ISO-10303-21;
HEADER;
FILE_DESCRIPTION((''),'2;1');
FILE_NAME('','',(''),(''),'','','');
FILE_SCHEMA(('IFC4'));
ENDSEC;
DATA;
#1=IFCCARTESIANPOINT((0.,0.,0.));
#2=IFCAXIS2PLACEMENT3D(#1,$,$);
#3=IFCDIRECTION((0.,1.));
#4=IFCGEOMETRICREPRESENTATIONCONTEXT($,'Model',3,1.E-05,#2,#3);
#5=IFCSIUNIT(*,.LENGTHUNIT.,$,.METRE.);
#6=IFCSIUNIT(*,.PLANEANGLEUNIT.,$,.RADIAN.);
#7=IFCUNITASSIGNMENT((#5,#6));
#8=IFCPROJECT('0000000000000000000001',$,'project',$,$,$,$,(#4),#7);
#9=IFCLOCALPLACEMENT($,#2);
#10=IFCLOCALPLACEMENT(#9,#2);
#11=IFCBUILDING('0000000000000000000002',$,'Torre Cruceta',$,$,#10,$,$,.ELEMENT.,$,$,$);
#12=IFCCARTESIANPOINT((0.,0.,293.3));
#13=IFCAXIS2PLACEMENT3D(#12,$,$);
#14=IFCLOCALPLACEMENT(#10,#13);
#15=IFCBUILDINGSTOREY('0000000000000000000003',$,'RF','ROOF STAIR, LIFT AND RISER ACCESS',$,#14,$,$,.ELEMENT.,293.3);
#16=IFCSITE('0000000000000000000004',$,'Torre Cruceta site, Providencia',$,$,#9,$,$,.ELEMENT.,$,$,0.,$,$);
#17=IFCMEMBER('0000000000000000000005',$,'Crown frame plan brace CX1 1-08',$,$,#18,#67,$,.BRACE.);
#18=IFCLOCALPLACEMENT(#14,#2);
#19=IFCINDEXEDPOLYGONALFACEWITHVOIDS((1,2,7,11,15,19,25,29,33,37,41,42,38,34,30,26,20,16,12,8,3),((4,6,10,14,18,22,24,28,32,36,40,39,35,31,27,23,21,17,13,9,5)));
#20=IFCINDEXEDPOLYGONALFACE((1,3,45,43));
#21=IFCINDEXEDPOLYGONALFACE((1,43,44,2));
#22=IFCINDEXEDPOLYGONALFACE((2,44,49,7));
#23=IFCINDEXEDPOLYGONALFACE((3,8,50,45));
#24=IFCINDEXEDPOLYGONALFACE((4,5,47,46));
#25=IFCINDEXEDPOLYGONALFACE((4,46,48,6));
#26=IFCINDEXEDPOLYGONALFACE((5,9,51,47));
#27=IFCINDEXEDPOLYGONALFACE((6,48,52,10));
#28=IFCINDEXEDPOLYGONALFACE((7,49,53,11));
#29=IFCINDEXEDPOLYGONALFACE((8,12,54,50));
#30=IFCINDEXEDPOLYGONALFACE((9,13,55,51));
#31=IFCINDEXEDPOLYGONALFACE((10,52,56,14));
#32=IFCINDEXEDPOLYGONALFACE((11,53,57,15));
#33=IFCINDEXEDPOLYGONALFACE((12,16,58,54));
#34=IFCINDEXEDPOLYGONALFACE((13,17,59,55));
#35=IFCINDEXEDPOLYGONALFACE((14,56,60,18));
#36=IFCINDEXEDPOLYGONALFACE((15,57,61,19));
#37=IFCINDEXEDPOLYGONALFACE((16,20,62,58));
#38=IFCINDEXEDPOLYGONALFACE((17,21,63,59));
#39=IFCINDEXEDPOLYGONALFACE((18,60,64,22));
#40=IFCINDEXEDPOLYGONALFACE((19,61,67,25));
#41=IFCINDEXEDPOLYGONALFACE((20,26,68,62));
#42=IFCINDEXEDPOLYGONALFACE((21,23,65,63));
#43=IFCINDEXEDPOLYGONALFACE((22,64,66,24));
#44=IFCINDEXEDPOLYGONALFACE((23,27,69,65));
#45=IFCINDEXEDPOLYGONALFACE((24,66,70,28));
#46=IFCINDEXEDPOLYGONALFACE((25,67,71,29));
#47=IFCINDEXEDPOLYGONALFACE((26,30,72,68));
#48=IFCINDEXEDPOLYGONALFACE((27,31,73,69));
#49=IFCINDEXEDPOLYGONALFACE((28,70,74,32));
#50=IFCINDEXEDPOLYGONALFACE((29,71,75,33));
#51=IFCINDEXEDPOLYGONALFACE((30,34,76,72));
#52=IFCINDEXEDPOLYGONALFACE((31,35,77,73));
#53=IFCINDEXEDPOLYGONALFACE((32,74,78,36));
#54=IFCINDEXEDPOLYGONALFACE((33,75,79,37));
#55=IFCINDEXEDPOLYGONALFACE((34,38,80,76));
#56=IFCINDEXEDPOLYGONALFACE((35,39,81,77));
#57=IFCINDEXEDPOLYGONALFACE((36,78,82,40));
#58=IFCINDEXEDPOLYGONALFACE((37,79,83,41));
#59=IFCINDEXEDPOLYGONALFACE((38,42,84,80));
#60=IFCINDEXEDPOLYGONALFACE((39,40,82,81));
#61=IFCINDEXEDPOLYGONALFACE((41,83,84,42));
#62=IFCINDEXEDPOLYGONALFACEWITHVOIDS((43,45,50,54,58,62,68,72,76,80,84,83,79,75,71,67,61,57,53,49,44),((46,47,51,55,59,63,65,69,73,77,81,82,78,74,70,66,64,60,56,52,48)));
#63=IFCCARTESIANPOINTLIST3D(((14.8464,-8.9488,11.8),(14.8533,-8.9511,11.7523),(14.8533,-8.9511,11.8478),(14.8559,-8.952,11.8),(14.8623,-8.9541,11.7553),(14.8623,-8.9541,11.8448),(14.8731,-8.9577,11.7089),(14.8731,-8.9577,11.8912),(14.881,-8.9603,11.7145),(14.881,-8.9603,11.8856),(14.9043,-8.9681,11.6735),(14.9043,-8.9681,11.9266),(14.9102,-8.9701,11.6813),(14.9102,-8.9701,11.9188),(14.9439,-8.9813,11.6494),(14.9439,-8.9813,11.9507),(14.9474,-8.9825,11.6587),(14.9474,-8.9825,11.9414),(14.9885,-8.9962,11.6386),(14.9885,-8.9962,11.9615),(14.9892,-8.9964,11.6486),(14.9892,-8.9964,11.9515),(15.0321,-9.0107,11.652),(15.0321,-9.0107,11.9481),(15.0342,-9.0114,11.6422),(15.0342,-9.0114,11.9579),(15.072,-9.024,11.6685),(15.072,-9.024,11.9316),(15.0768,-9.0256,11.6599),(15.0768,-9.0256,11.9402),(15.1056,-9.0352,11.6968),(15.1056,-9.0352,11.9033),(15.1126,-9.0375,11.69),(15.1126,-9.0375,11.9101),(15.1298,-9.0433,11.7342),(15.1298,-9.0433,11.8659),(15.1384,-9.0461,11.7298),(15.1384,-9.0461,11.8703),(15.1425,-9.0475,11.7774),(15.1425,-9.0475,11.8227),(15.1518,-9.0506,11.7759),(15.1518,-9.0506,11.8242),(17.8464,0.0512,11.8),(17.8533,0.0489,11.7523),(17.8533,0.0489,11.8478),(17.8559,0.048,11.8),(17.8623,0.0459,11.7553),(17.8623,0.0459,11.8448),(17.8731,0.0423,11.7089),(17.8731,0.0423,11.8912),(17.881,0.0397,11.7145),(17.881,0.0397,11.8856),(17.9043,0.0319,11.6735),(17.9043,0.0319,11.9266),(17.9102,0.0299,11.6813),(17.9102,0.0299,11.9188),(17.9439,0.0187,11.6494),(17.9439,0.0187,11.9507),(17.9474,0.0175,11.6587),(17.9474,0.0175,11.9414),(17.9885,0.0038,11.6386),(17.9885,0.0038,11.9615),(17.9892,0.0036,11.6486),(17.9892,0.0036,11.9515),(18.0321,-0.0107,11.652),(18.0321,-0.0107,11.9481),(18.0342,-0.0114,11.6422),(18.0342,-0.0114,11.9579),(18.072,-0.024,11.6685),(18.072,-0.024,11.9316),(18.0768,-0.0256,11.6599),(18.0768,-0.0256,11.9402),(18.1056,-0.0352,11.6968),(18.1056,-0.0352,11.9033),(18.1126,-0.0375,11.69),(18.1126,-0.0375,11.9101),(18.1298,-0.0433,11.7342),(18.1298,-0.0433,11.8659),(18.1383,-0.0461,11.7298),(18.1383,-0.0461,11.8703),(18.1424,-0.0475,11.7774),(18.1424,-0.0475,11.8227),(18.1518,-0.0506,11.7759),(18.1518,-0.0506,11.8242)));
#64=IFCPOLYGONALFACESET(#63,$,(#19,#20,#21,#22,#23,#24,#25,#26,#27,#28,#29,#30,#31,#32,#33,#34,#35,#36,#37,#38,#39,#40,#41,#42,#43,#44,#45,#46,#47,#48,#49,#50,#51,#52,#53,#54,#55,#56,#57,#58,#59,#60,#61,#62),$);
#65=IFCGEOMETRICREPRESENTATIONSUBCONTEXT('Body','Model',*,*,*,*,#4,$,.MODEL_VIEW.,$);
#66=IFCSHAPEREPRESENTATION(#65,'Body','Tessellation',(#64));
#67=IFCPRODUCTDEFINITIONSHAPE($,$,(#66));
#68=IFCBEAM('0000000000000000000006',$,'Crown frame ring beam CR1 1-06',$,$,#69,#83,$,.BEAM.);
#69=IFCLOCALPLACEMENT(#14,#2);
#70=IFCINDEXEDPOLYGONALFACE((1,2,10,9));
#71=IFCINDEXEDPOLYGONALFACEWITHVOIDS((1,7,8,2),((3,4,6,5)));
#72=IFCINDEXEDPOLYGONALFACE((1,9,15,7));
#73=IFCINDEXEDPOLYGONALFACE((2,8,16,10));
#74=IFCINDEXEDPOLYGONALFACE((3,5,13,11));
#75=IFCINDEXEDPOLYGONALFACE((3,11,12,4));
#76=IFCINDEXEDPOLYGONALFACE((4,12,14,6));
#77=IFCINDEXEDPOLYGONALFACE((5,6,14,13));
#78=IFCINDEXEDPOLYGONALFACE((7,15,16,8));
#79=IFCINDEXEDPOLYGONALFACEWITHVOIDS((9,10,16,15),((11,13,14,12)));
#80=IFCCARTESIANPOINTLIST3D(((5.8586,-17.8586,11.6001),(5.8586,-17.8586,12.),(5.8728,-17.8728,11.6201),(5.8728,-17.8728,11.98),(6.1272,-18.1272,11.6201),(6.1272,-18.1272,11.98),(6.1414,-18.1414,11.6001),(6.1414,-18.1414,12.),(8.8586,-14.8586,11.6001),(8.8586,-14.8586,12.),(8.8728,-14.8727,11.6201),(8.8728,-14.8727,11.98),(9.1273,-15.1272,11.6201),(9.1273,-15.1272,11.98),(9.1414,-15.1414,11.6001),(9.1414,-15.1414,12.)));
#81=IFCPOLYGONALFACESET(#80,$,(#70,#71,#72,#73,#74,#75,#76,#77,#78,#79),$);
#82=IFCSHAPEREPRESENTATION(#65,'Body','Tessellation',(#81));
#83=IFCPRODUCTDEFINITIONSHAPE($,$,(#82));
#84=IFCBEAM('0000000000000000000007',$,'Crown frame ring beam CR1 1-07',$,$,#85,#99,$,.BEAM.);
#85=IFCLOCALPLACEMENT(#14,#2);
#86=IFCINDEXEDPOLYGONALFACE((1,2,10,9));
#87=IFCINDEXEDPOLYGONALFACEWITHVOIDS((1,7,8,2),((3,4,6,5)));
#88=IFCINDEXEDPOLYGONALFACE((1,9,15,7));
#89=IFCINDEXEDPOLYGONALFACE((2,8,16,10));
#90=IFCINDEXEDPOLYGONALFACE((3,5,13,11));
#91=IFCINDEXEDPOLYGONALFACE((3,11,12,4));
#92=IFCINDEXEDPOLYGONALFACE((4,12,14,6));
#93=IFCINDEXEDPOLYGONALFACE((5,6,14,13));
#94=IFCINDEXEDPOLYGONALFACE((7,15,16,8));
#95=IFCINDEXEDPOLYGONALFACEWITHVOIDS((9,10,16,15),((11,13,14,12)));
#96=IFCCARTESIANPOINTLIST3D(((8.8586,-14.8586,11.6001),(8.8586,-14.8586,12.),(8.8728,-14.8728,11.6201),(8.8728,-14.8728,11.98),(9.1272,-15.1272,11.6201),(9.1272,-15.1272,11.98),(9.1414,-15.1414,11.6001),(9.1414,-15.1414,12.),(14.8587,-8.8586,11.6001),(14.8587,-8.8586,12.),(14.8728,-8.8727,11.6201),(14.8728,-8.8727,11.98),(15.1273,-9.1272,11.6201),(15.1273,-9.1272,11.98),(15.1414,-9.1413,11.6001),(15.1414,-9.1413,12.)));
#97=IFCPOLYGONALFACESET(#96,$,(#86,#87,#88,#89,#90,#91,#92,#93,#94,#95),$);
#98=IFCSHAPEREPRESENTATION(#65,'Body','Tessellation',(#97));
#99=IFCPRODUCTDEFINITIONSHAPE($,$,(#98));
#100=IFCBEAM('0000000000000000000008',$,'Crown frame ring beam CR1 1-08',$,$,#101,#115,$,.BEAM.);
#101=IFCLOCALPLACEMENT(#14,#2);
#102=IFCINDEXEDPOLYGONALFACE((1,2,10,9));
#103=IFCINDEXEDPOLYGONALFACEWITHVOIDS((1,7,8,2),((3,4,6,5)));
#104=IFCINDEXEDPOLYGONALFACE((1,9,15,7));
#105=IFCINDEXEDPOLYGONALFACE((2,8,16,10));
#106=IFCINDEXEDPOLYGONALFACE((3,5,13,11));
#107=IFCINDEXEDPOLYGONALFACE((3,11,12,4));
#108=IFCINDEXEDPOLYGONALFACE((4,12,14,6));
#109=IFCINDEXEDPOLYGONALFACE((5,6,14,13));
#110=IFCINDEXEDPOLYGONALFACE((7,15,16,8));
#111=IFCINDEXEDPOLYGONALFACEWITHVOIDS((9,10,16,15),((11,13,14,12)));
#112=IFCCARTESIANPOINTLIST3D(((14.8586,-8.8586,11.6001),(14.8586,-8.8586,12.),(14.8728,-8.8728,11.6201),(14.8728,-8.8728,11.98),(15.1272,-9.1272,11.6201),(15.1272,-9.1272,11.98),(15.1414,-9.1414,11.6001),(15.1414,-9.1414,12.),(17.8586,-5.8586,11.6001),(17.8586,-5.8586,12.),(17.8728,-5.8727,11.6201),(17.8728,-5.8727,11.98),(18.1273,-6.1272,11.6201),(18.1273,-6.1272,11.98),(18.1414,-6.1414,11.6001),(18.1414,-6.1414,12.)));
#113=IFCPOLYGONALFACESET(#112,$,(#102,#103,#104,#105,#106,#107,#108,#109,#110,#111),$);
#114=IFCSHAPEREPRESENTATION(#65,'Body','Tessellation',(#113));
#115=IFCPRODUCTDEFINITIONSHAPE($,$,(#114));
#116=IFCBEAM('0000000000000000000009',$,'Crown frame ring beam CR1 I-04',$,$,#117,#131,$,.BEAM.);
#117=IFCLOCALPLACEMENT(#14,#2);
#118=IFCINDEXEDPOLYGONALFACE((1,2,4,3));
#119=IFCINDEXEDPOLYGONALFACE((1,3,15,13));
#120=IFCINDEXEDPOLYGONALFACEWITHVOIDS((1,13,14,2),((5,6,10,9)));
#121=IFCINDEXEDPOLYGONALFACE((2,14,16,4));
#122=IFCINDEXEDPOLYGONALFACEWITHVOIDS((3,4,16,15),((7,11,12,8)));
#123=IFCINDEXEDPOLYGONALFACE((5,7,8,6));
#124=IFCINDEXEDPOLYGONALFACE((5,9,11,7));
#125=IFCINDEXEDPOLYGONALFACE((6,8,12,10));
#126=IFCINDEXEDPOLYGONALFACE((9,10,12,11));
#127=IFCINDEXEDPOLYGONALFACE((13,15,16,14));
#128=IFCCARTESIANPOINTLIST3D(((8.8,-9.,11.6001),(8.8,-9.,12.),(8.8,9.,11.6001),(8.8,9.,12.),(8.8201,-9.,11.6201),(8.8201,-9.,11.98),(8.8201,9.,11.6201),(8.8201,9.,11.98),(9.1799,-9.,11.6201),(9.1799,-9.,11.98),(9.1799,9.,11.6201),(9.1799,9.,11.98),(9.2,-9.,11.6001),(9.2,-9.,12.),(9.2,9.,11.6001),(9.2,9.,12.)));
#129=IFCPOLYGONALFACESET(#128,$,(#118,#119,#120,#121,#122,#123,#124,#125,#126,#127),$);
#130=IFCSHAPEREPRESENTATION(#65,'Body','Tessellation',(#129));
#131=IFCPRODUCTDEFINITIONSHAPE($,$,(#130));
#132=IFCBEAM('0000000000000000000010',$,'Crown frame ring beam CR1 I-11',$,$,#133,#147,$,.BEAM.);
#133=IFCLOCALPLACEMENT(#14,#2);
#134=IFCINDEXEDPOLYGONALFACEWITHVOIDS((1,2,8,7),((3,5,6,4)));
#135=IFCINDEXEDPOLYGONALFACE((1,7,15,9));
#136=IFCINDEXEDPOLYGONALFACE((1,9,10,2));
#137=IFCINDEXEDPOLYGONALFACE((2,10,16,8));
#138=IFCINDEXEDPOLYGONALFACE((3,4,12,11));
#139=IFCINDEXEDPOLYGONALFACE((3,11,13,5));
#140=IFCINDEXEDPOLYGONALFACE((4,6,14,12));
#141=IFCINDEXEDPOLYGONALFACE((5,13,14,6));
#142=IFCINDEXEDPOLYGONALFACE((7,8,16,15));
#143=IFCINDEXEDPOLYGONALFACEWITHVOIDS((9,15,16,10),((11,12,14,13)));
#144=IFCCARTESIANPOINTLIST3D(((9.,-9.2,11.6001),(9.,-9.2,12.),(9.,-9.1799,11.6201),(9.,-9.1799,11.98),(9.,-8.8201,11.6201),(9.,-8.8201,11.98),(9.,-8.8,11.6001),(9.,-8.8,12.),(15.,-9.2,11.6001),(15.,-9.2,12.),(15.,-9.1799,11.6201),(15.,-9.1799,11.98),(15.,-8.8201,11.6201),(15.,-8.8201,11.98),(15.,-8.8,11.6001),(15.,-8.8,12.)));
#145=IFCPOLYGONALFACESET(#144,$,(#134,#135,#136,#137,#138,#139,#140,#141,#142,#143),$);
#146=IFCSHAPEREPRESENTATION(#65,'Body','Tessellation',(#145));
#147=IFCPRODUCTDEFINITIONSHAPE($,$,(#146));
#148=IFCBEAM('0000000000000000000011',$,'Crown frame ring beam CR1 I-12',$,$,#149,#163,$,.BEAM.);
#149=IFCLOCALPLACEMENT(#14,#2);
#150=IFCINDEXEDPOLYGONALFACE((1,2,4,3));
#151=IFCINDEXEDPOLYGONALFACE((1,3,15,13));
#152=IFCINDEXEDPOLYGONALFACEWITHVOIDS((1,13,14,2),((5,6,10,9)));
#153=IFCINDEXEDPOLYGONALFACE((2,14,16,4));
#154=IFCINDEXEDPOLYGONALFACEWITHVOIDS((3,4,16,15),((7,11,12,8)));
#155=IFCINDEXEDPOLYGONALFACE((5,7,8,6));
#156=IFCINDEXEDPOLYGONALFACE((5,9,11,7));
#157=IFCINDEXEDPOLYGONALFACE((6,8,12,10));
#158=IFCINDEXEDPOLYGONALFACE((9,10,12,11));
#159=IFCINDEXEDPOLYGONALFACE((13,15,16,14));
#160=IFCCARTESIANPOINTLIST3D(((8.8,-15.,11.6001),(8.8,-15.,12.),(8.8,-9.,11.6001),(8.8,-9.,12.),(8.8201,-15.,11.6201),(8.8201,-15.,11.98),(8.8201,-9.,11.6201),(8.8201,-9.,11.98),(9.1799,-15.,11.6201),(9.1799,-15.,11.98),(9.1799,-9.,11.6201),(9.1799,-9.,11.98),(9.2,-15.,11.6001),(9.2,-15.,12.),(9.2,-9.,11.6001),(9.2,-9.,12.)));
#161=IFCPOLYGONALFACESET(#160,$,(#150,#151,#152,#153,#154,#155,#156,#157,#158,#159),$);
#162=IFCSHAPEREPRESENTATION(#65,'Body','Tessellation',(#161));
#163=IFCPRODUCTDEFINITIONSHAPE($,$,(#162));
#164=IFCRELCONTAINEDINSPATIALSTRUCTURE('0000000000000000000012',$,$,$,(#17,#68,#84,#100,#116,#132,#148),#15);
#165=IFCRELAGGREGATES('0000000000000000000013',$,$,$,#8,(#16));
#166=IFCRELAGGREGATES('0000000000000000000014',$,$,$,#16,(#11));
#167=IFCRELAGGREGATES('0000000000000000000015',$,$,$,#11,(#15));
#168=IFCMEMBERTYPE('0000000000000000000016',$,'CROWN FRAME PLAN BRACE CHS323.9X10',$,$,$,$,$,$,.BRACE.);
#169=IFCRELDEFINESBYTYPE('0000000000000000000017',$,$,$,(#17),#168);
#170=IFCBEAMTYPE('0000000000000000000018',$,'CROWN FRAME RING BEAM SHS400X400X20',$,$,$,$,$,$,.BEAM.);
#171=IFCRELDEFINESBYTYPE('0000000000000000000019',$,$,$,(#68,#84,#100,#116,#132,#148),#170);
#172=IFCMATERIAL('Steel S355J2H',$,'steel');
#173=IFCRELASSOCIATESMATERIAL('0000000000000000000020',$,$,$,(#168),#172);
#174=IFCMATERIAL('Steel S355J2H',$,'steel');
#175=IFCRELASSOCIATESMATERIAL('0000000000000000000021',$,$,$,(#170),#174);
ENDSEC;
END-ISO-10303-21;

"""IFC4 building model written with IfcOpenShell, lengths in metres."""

from ifc_helpers import new_model, si_unit, direction, frame, origin, origin_2d, place, context, subcontext, project, spatial, hollow_rectangle, hollow_circle, extrude, material, material_profile, profile_set, type_object, element, save


model = new_model("IFC4")

# Units and contexts
model_context = context("Model", 3, precision=1e-05, world=origin(), true_north=direction((0.0, 1.0)))
body_context = subcontext(model_context, "Body", "Model", "MODEL_VIEW")
ifc_project = project(units=[si_unit("LENGTHUNIT", "METRE"), si_unit("PLANEANGLEUNIT", "RADIAN")], contexts=[model_context])

# Site, building, storey
site_placement = place(None, origin())
site = spatial("IfcSite", under=ifc_project, at=site_placement, Name="Torre Cruceta site, Providencia", CompositionType="ELEMENT", RefElevation=0.0)
building_placement = place(site_placement, origin())
building = spatial("IfcBuilding", under=site, at=building_placement, Name="Torre Cruceta", CompositionType="ELEMENT")
storey_placement = place(building_placement, frame((0.0, 0.0, 293.3)))
storey = spatial("IfcBuildingStorey", under=building, at=storey_placement, Name="RF", Description="ROOF STAIR, LIFT AND RISER ACCESS", CompositionType="ELEMENT", Elevation=293.3)

# Member
ifc_material_1 = material(Name="Steel S355J2H", Category="steel")
ifc_material_profile_1 = material_profile(ifc_material_1, hollow_circle(Radius=0.1619, WallThickness=0.01, at=origin_2d()), Name="CHS323.9X10")
ifc_profile_set_1 = profile_set([ifc_material_profile_1], Name="Steel S355J2H")
member_type_1 = type_object("IfcMemberType", Name="CROWN FRAME PLAN BRACE CHS323.9X10", PredefinedType="BRACE", material=ifc_profile_set_1)
member_1_placement = place(storey_placement, frame((15.0, -9.0, 11.8), z_axis=(0.316228, 0.948683, 0.0), x_axis=(-0.948683, 0.316228, 0.0)))
element("IfcMember", 1, at=member_1_placement, inside=storey, type_object=member_type_1, Name="Crown frame plan brace CX1 1-08", PredefinedType="BRACE", context=body_context, shape_type="SweptSolid", body=[
    extrude(hollow_circle(Radius=0.1619, WallThickness=0.01, at=origin_2d()), origin(), (0.0, 0.0, 1.0), 9.4868),
])

# Beams
ifc_material_2 = material(Name="Steel S355J2H", Category="steel")
ifc_material_profile_2 = material_profile(ifc_material_2, hollow_rectangle(XDim=0.3999, YDim=0.3999, WallThickness=0.02, at=origin_2d()), Name="SHS400X400X20")
ifc_profile_set_2 = profile_set([ifc_material_profile_2], Name="Steel S355J2H")
beam_type_1 = type_object("IfcBeamType", Name="CROWN FRAME RING BEAM SHS400X400X20", PredefinedType="BEAM", material=ifc_profile_set_2)
beam_1_placement = place(storey_placement, frame((6.0, -18.0, 11.8), z_axis=(0.707107, 0.707107, 0.0), x_axis=(-0.707107, 0.707107, 0.0)))
element("IfcBeam", 2, at=beam_1_placement, inside=storey, type_object=beam_type_1, Name="Crown frame ring beam CR1 1-06", PredefinedType="BEAM", context=body_context, shape_type="SweptSolid", body=[
    extrude(hollow_rectangle(XDim=0.3999, YDim=0.3999, WallThickness=0.02, at=origin_2d()), origin(), (0.0, 0.0, 1.0), 4.2427),
])
beam_2_placement = place(storey_placement, frame((9.0, -15.0, 11.8), z_axis=(0.707107, 0.707107, 0.0), x_axis=(-0.707107, 0.707107, 0.0)))
element("IfcBeam", 3, at=beam_2_placement, inside=storey, type_object=beam_type_1, Name="Crown frame ring beam CR1 1-07", PredefinedType="BEAM", context=body_context, shape_type="SweptSolid", body=[
    extrude(hollow_rectangle(XDim=0.3999, YDim=0.3999, WallThickness=0.02, at=origin_2d()), origin(), (0.0, 0.0, 1.0), 8.4854),
])
beam_3_placement = place(storey_placement, frame((15.0, -9.0, 11.8), z_axis=(0.707107, 0.707107, 0.0), x_axis=(-0.707107, 0.707107, 0.0)))
element("IfcBeam", 4, at=beam_3_placement, inside=storey, type_object=beam_type_1, Name="Crown frame ring beam CR1 1-08", PredefinedType="BEAM", context=body_context, shape_type="SweptSolid", body=[
    extrude(hollow_rectangle(XDim=0.3999, YDim=0.3999, WallThickness=0.02, at=origin_2d()), origin(), (0.0, 0.0, 1.0), 4.2427),
])
beam_4_placement = place(storey_placement, frame((9.0, -9.0, 11.8), z_axis=(0.0, 1.0, 0.0), x_axis=(-1.0, 0.0, 0.0)))
element("IfcBeam", 5, at=beam_4_placement, inside=storey, type_object=beam_type_1, Name="Crown frame ring beam CR1 I-04", PredefinedType="BEAM", context=body_context, shape_type="SweptSolid", body=[
    extrude(hollow_rectangle(XDim=0.3999, YDim=0.3999, WallThickness=0.02, at=origin_2d()), origin(), (0.0, 0.0, 1.0), 18.0),
])
for number, where, z_axis, x_axis, name in (
    (6, (9.0, -9.0, 11.8), (1.0, 0.0, 0.0), (0.0, 1.0, 0.0), "Crown frame ring beam CR1 I-11"),
    (7, (9.0, -9.0, 11.8), (0.0, -1.0, 0.0), (1.0, 0.0, 0.0), "Crown frame ring beam CR1 I-12"),
):
    element("IfcBeam", number, at=place(storey_placement, frame(where, z_axis=z_axis, x_axis=x_axis)), inside=storey, type_object=beam_type_1, Name=name, PredefinedType="BEAM", context=body_context, shape_type="SweptSolid", body=[
        extrude(hollow_rectangle(XDim=0.3999, YDim=0.3999, WallThickness=0.02, at=origin_2d()), origin(), (0.0, 0.0, 1.0), 6.0),
    ])

save(model, "model.ifc")
